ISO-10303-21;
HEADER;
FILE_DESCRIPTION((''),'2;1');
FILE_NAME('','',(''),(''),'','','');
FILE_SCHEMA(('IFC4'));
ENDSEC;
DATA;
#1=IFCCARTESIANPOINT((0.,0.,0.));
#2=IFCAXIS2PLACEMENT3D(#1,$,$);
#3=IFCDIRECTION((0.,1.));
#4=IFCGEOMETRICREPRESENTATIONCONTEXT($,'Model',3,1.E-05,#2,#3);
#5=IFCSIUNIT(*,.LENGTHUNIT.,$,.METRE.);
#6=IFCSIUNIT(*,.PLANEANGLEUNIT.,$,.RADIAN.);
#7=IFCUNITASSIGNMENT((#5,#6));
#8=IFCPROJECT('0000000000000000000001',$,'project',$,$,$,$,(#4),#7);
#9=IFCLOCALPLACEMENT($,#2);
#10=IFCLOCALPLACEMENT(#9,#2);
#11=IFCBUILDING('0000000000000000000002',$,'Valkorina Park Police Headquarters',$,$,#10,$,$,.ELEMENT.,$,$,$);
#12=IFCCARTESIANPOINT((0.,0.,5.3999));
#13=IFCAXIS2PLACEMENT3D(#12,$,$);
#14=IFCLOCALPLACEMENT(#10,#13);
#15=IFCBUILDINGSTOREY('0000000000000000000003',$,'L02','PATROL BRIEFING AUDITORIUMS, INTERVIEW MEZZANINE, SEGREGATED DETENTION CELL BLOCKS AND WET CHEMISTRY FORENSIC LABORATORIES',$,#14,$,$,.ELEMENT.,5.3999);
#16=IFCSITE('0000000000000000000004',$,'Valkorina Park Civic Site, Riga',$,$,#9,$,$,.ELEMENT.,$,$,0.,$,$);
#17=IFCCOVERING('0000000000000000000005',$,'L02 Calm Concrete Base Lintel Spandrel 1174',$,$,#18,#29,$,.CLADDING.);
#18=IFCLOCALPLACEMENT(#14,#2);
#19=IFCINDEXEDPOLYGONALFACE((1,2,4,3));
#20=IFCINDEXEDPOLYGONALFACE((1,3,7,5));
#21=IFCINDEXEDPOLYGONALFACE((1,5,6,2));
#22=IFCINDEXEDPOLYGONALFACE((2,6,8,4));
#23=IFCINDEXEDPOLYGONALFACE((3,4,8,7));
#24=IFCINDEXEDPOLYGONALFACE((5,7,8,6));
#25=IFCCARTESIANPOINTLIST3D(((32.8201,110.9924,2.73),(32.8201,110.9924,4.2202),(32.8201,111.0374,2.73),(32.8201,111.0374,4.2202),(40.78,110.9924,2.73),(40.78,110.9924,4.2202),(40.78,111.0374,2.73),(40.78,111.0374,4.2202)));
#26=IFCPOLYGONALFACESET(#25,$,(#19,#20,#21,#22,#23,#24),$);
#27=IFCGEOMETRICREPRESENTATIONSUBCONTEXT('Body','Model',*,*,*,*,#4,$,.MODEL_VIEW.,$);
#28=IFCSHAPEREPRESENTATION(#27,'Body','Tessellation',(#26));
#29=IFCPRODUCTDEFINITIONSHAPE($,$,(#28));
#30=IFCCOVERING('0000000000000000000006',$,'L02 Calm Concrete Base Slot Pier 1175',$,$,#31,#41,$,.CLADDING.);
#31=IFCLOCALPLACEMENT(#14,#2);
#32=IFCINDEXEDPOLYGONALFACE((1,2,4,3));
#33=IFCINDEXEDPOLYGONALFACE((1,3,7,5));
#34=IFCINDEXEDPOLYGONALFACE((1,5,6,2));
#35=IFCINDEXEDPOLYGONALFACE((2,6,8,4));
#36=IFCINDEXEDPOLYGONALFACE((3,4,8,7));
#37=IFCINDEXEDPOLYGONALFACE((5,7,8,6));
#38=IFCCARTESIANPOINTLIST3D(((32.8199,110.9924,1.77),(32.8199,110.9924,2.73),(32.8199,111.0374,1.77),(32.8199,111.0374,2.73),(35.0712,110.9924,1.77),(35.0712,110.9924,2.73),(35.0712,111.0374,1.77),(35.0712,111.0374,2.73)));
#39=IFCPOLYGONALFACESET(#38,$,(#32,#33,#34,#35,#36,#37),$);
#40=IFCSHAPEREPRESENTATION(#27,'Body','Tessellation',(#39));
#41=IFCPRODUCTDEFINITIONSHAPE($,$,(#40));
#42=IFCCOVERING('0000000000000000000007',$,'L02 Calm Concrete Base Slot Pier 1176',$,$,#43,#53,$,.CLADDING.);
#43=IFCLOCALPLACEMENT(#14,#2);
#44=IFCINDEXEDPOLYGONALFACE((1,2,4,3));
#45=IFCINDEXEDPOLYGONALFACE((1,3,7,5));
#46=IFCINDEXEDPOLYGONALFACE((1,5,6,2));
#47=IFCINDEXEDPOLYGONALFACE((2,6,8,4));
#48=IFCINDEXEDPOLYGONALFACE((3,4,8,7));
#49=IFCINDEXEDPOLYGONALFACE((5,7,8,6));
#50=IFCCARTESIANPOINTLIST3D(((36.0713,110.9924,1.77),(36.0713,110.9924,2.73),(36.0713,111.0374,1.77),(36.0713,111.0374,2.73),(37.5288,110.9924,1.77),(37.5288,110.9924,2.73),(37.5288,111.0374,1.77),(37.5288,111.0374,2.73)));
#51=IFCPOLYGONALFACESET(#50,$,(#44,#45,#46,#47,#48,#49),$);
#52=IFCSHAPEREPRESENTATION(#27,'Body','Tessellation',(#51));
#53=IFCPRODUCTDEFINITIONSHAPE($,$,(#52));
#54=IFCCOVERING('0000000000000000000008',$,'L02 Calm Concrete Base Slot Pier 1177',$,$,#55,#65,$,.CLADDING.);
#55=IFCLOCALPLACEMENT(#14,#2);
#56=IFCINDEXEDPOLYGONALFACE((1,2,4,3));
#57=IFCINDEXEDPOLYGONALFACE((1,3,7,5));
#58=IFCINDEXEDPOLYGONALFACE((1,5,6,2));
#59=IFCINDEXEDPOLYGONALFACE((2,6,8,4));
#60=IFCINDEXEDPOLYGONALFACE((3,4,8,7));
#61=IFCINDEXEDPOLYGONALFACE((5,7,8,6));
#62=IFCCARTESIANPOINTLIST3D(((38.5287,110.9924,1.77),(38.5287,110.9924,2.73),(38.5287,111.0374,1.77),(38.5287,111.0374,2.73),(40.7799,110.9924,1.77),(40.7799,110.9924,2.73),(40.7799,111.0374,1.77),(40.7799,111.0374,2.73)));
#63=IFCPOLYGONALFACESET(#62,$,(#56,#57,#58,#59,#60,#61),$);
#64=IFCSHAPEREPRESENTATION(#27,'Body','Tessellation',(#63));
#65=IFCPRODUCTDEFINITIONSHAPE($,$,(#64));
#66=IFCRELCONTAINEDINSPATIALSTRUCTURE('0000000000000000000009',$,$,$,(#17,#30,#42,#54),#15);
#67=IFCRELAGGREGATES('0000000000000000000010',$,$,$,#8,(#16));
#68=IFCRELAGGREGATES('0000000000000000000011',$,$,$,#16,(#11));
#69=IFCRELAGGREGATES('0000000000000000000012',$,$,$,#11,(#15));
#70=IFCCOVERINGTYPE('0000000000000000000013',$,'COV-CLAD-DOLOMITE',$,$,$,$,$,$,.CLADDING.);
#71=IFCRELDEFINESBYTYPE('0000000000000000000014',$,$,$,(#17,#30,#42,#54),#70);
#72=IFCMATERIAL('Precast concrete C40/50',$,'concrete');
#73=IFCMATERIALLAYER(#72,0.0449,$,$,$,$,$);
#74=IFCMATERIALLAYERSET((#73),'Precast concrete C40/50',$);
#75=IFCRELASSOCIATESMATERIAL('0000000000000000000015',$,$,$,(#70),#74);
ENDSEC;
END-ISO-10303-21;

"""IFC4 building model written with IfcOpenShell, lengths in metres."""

from ifc_helpers import new_model, si_unit, direction, frame, frame_2d, origin, place, context, subcontext, project, spatial, rectangle, extrude, material, layer, layer_set, type_object, element, save


model = new_model("IFC4")

# Units and contexts
model_context = context("Model", 3, precision=1e-05, world=origin(), true_north=direction((0.0, 1.0)))
body_context = subcontext(model_context, "Body", "Model", "MODEL_VIEW")
ifc_project = project(units=[si_unit("LENGTHUNIT", "METRE"), si_unit("PLANEANGLEUNIT", "RADIAN")], contexts=[model_context])

# Site, building, storey
site_placement = place(None, origin())
site = spatial("IfcSite", under=ifc_project, at=site_placement, Name="Valkorina Park Civic Site, Riga", CompositionType="ELEMENT", RefElevation=0.0)
building_placement = place(site_placement, origin())
building = spatial("IfcBuilding", under=site, at=building_placement, Name="Valkorina Park Police Headquarters", CompositionType="ELEMENT")
storey_placement = place(building_placement, frame((0.0, 0.0, 5.3999)))
storey = spatial("IfcBuildingStorey", under=building, at=storey_placement, Name="L02", Description="PATROL BRIEFING AUDITORIUMS, INTERVIEW MEZZANINE, SEGREGATED DETENTION CELL BLOCKS AND WET CHEMISTRY FORENSIC LABORATORIES", CompositionType="ELEMENT", Elevation=5.3999)

# Shared definitions
ifc_material_1 = material(Name="Precast concrete C40/50", Category="concrete")

# Coverings
ifc_layer_1 = layer(ifc_material_1, 0.0449)
ifc_layer_set_1 = layer_set([ifc_layer_1], Name="Precast concrete C40/50")
covering_type = type_object("IfcCoveringType", Name="COV-CLAD-DOLOMITE", PredefinedType="CLADDING", material=ifc_layer_set_1)
covering_1_placement = place(storey_placement, frame((32.8201, 111.0149, 2.73), z_axis=(0.0, 0.0, 1.0), x_axis=(1.0, 0.0, 0.0)))
element("IfcCovering", 1, at=covering_1_placement, inside=storey, type_object=covering_type, Name="L02 Calm Concrete Base Lintel Spandrel 1174", PredefinedType="CLADDING", context=body_context, shape_type="SweptSolid", body=[
    extrude(rectangle(XDim=7.96, YDim=0.0449, at=frame_2d((3.98, 0.0))), origin(), (0.0, 0.0, 1.0), 1.4902),
])
covering_2_placement = place(storey_placement, frame((32.8201, 111.0149, 1.77), z_axis=(0.0, 0.0, 1.0), x_axis=(1.0, 0.0, 0.0)))
element("IfcCovering", 2, at=covering_2_placement, inside=storey, type_object=covering_type, Name="L02 Calm Concrete Base Slot Pier 1175", PredefinedType="CLADDING", context=body_context, shape_type="SweptSolid", body=[
    extrude(rectangle(XDim=2.2512, YDim=0.0449, at=frame_2d((1.1255, 0.0))), origin(), (0.0, 0.0, 1.0), 0.96),
])
covering_3_placement = place(storey_placement, frame((36.0713, 111.0149, 1.77), z_axis=(0.0, 0.0, 1.0), x_axis=(1.0, 0.0, 0.0)))
element("IfcCovering", 3, at=covering_3_placement, inside=storey, type_object=covering_type, Name="L02 Calm Concrete Base Slot Pier 1176", PredefinedType="CLADDING", context=body_context, shape_type="SweptSolid", body=[
    extrude(rectangle(XDim=1.4575, YDim=0.0449, at=frame_2d((0.7288, 0.0))), origin(), (0.0, 0.0, 1.0), 0.96),
])
covering_4_placement = place(storey_placement, frame((38.5288, 111.0149, 1.77), z_axis=(0.0, 0.0, 1.0), x_axis=(1.0, 0.0, 0.0)))
element("IfcCovering", 4, at=covering_4_placement, inside=storey, type_object=covering_type, Name="L02 Calm Concrete Base Slot Pier 1177", PredefinedType="CLADDING", context=body_context, shape_type="SweptSolid", body=[
    extrude(rectangle(XDim=2.2512, YDim=0.0449, at=frame_2d((1.1255, 0.0))), origin(), (0.0, 0.0, 1.0), 0.96),
])

save(model, "model.ifc")
